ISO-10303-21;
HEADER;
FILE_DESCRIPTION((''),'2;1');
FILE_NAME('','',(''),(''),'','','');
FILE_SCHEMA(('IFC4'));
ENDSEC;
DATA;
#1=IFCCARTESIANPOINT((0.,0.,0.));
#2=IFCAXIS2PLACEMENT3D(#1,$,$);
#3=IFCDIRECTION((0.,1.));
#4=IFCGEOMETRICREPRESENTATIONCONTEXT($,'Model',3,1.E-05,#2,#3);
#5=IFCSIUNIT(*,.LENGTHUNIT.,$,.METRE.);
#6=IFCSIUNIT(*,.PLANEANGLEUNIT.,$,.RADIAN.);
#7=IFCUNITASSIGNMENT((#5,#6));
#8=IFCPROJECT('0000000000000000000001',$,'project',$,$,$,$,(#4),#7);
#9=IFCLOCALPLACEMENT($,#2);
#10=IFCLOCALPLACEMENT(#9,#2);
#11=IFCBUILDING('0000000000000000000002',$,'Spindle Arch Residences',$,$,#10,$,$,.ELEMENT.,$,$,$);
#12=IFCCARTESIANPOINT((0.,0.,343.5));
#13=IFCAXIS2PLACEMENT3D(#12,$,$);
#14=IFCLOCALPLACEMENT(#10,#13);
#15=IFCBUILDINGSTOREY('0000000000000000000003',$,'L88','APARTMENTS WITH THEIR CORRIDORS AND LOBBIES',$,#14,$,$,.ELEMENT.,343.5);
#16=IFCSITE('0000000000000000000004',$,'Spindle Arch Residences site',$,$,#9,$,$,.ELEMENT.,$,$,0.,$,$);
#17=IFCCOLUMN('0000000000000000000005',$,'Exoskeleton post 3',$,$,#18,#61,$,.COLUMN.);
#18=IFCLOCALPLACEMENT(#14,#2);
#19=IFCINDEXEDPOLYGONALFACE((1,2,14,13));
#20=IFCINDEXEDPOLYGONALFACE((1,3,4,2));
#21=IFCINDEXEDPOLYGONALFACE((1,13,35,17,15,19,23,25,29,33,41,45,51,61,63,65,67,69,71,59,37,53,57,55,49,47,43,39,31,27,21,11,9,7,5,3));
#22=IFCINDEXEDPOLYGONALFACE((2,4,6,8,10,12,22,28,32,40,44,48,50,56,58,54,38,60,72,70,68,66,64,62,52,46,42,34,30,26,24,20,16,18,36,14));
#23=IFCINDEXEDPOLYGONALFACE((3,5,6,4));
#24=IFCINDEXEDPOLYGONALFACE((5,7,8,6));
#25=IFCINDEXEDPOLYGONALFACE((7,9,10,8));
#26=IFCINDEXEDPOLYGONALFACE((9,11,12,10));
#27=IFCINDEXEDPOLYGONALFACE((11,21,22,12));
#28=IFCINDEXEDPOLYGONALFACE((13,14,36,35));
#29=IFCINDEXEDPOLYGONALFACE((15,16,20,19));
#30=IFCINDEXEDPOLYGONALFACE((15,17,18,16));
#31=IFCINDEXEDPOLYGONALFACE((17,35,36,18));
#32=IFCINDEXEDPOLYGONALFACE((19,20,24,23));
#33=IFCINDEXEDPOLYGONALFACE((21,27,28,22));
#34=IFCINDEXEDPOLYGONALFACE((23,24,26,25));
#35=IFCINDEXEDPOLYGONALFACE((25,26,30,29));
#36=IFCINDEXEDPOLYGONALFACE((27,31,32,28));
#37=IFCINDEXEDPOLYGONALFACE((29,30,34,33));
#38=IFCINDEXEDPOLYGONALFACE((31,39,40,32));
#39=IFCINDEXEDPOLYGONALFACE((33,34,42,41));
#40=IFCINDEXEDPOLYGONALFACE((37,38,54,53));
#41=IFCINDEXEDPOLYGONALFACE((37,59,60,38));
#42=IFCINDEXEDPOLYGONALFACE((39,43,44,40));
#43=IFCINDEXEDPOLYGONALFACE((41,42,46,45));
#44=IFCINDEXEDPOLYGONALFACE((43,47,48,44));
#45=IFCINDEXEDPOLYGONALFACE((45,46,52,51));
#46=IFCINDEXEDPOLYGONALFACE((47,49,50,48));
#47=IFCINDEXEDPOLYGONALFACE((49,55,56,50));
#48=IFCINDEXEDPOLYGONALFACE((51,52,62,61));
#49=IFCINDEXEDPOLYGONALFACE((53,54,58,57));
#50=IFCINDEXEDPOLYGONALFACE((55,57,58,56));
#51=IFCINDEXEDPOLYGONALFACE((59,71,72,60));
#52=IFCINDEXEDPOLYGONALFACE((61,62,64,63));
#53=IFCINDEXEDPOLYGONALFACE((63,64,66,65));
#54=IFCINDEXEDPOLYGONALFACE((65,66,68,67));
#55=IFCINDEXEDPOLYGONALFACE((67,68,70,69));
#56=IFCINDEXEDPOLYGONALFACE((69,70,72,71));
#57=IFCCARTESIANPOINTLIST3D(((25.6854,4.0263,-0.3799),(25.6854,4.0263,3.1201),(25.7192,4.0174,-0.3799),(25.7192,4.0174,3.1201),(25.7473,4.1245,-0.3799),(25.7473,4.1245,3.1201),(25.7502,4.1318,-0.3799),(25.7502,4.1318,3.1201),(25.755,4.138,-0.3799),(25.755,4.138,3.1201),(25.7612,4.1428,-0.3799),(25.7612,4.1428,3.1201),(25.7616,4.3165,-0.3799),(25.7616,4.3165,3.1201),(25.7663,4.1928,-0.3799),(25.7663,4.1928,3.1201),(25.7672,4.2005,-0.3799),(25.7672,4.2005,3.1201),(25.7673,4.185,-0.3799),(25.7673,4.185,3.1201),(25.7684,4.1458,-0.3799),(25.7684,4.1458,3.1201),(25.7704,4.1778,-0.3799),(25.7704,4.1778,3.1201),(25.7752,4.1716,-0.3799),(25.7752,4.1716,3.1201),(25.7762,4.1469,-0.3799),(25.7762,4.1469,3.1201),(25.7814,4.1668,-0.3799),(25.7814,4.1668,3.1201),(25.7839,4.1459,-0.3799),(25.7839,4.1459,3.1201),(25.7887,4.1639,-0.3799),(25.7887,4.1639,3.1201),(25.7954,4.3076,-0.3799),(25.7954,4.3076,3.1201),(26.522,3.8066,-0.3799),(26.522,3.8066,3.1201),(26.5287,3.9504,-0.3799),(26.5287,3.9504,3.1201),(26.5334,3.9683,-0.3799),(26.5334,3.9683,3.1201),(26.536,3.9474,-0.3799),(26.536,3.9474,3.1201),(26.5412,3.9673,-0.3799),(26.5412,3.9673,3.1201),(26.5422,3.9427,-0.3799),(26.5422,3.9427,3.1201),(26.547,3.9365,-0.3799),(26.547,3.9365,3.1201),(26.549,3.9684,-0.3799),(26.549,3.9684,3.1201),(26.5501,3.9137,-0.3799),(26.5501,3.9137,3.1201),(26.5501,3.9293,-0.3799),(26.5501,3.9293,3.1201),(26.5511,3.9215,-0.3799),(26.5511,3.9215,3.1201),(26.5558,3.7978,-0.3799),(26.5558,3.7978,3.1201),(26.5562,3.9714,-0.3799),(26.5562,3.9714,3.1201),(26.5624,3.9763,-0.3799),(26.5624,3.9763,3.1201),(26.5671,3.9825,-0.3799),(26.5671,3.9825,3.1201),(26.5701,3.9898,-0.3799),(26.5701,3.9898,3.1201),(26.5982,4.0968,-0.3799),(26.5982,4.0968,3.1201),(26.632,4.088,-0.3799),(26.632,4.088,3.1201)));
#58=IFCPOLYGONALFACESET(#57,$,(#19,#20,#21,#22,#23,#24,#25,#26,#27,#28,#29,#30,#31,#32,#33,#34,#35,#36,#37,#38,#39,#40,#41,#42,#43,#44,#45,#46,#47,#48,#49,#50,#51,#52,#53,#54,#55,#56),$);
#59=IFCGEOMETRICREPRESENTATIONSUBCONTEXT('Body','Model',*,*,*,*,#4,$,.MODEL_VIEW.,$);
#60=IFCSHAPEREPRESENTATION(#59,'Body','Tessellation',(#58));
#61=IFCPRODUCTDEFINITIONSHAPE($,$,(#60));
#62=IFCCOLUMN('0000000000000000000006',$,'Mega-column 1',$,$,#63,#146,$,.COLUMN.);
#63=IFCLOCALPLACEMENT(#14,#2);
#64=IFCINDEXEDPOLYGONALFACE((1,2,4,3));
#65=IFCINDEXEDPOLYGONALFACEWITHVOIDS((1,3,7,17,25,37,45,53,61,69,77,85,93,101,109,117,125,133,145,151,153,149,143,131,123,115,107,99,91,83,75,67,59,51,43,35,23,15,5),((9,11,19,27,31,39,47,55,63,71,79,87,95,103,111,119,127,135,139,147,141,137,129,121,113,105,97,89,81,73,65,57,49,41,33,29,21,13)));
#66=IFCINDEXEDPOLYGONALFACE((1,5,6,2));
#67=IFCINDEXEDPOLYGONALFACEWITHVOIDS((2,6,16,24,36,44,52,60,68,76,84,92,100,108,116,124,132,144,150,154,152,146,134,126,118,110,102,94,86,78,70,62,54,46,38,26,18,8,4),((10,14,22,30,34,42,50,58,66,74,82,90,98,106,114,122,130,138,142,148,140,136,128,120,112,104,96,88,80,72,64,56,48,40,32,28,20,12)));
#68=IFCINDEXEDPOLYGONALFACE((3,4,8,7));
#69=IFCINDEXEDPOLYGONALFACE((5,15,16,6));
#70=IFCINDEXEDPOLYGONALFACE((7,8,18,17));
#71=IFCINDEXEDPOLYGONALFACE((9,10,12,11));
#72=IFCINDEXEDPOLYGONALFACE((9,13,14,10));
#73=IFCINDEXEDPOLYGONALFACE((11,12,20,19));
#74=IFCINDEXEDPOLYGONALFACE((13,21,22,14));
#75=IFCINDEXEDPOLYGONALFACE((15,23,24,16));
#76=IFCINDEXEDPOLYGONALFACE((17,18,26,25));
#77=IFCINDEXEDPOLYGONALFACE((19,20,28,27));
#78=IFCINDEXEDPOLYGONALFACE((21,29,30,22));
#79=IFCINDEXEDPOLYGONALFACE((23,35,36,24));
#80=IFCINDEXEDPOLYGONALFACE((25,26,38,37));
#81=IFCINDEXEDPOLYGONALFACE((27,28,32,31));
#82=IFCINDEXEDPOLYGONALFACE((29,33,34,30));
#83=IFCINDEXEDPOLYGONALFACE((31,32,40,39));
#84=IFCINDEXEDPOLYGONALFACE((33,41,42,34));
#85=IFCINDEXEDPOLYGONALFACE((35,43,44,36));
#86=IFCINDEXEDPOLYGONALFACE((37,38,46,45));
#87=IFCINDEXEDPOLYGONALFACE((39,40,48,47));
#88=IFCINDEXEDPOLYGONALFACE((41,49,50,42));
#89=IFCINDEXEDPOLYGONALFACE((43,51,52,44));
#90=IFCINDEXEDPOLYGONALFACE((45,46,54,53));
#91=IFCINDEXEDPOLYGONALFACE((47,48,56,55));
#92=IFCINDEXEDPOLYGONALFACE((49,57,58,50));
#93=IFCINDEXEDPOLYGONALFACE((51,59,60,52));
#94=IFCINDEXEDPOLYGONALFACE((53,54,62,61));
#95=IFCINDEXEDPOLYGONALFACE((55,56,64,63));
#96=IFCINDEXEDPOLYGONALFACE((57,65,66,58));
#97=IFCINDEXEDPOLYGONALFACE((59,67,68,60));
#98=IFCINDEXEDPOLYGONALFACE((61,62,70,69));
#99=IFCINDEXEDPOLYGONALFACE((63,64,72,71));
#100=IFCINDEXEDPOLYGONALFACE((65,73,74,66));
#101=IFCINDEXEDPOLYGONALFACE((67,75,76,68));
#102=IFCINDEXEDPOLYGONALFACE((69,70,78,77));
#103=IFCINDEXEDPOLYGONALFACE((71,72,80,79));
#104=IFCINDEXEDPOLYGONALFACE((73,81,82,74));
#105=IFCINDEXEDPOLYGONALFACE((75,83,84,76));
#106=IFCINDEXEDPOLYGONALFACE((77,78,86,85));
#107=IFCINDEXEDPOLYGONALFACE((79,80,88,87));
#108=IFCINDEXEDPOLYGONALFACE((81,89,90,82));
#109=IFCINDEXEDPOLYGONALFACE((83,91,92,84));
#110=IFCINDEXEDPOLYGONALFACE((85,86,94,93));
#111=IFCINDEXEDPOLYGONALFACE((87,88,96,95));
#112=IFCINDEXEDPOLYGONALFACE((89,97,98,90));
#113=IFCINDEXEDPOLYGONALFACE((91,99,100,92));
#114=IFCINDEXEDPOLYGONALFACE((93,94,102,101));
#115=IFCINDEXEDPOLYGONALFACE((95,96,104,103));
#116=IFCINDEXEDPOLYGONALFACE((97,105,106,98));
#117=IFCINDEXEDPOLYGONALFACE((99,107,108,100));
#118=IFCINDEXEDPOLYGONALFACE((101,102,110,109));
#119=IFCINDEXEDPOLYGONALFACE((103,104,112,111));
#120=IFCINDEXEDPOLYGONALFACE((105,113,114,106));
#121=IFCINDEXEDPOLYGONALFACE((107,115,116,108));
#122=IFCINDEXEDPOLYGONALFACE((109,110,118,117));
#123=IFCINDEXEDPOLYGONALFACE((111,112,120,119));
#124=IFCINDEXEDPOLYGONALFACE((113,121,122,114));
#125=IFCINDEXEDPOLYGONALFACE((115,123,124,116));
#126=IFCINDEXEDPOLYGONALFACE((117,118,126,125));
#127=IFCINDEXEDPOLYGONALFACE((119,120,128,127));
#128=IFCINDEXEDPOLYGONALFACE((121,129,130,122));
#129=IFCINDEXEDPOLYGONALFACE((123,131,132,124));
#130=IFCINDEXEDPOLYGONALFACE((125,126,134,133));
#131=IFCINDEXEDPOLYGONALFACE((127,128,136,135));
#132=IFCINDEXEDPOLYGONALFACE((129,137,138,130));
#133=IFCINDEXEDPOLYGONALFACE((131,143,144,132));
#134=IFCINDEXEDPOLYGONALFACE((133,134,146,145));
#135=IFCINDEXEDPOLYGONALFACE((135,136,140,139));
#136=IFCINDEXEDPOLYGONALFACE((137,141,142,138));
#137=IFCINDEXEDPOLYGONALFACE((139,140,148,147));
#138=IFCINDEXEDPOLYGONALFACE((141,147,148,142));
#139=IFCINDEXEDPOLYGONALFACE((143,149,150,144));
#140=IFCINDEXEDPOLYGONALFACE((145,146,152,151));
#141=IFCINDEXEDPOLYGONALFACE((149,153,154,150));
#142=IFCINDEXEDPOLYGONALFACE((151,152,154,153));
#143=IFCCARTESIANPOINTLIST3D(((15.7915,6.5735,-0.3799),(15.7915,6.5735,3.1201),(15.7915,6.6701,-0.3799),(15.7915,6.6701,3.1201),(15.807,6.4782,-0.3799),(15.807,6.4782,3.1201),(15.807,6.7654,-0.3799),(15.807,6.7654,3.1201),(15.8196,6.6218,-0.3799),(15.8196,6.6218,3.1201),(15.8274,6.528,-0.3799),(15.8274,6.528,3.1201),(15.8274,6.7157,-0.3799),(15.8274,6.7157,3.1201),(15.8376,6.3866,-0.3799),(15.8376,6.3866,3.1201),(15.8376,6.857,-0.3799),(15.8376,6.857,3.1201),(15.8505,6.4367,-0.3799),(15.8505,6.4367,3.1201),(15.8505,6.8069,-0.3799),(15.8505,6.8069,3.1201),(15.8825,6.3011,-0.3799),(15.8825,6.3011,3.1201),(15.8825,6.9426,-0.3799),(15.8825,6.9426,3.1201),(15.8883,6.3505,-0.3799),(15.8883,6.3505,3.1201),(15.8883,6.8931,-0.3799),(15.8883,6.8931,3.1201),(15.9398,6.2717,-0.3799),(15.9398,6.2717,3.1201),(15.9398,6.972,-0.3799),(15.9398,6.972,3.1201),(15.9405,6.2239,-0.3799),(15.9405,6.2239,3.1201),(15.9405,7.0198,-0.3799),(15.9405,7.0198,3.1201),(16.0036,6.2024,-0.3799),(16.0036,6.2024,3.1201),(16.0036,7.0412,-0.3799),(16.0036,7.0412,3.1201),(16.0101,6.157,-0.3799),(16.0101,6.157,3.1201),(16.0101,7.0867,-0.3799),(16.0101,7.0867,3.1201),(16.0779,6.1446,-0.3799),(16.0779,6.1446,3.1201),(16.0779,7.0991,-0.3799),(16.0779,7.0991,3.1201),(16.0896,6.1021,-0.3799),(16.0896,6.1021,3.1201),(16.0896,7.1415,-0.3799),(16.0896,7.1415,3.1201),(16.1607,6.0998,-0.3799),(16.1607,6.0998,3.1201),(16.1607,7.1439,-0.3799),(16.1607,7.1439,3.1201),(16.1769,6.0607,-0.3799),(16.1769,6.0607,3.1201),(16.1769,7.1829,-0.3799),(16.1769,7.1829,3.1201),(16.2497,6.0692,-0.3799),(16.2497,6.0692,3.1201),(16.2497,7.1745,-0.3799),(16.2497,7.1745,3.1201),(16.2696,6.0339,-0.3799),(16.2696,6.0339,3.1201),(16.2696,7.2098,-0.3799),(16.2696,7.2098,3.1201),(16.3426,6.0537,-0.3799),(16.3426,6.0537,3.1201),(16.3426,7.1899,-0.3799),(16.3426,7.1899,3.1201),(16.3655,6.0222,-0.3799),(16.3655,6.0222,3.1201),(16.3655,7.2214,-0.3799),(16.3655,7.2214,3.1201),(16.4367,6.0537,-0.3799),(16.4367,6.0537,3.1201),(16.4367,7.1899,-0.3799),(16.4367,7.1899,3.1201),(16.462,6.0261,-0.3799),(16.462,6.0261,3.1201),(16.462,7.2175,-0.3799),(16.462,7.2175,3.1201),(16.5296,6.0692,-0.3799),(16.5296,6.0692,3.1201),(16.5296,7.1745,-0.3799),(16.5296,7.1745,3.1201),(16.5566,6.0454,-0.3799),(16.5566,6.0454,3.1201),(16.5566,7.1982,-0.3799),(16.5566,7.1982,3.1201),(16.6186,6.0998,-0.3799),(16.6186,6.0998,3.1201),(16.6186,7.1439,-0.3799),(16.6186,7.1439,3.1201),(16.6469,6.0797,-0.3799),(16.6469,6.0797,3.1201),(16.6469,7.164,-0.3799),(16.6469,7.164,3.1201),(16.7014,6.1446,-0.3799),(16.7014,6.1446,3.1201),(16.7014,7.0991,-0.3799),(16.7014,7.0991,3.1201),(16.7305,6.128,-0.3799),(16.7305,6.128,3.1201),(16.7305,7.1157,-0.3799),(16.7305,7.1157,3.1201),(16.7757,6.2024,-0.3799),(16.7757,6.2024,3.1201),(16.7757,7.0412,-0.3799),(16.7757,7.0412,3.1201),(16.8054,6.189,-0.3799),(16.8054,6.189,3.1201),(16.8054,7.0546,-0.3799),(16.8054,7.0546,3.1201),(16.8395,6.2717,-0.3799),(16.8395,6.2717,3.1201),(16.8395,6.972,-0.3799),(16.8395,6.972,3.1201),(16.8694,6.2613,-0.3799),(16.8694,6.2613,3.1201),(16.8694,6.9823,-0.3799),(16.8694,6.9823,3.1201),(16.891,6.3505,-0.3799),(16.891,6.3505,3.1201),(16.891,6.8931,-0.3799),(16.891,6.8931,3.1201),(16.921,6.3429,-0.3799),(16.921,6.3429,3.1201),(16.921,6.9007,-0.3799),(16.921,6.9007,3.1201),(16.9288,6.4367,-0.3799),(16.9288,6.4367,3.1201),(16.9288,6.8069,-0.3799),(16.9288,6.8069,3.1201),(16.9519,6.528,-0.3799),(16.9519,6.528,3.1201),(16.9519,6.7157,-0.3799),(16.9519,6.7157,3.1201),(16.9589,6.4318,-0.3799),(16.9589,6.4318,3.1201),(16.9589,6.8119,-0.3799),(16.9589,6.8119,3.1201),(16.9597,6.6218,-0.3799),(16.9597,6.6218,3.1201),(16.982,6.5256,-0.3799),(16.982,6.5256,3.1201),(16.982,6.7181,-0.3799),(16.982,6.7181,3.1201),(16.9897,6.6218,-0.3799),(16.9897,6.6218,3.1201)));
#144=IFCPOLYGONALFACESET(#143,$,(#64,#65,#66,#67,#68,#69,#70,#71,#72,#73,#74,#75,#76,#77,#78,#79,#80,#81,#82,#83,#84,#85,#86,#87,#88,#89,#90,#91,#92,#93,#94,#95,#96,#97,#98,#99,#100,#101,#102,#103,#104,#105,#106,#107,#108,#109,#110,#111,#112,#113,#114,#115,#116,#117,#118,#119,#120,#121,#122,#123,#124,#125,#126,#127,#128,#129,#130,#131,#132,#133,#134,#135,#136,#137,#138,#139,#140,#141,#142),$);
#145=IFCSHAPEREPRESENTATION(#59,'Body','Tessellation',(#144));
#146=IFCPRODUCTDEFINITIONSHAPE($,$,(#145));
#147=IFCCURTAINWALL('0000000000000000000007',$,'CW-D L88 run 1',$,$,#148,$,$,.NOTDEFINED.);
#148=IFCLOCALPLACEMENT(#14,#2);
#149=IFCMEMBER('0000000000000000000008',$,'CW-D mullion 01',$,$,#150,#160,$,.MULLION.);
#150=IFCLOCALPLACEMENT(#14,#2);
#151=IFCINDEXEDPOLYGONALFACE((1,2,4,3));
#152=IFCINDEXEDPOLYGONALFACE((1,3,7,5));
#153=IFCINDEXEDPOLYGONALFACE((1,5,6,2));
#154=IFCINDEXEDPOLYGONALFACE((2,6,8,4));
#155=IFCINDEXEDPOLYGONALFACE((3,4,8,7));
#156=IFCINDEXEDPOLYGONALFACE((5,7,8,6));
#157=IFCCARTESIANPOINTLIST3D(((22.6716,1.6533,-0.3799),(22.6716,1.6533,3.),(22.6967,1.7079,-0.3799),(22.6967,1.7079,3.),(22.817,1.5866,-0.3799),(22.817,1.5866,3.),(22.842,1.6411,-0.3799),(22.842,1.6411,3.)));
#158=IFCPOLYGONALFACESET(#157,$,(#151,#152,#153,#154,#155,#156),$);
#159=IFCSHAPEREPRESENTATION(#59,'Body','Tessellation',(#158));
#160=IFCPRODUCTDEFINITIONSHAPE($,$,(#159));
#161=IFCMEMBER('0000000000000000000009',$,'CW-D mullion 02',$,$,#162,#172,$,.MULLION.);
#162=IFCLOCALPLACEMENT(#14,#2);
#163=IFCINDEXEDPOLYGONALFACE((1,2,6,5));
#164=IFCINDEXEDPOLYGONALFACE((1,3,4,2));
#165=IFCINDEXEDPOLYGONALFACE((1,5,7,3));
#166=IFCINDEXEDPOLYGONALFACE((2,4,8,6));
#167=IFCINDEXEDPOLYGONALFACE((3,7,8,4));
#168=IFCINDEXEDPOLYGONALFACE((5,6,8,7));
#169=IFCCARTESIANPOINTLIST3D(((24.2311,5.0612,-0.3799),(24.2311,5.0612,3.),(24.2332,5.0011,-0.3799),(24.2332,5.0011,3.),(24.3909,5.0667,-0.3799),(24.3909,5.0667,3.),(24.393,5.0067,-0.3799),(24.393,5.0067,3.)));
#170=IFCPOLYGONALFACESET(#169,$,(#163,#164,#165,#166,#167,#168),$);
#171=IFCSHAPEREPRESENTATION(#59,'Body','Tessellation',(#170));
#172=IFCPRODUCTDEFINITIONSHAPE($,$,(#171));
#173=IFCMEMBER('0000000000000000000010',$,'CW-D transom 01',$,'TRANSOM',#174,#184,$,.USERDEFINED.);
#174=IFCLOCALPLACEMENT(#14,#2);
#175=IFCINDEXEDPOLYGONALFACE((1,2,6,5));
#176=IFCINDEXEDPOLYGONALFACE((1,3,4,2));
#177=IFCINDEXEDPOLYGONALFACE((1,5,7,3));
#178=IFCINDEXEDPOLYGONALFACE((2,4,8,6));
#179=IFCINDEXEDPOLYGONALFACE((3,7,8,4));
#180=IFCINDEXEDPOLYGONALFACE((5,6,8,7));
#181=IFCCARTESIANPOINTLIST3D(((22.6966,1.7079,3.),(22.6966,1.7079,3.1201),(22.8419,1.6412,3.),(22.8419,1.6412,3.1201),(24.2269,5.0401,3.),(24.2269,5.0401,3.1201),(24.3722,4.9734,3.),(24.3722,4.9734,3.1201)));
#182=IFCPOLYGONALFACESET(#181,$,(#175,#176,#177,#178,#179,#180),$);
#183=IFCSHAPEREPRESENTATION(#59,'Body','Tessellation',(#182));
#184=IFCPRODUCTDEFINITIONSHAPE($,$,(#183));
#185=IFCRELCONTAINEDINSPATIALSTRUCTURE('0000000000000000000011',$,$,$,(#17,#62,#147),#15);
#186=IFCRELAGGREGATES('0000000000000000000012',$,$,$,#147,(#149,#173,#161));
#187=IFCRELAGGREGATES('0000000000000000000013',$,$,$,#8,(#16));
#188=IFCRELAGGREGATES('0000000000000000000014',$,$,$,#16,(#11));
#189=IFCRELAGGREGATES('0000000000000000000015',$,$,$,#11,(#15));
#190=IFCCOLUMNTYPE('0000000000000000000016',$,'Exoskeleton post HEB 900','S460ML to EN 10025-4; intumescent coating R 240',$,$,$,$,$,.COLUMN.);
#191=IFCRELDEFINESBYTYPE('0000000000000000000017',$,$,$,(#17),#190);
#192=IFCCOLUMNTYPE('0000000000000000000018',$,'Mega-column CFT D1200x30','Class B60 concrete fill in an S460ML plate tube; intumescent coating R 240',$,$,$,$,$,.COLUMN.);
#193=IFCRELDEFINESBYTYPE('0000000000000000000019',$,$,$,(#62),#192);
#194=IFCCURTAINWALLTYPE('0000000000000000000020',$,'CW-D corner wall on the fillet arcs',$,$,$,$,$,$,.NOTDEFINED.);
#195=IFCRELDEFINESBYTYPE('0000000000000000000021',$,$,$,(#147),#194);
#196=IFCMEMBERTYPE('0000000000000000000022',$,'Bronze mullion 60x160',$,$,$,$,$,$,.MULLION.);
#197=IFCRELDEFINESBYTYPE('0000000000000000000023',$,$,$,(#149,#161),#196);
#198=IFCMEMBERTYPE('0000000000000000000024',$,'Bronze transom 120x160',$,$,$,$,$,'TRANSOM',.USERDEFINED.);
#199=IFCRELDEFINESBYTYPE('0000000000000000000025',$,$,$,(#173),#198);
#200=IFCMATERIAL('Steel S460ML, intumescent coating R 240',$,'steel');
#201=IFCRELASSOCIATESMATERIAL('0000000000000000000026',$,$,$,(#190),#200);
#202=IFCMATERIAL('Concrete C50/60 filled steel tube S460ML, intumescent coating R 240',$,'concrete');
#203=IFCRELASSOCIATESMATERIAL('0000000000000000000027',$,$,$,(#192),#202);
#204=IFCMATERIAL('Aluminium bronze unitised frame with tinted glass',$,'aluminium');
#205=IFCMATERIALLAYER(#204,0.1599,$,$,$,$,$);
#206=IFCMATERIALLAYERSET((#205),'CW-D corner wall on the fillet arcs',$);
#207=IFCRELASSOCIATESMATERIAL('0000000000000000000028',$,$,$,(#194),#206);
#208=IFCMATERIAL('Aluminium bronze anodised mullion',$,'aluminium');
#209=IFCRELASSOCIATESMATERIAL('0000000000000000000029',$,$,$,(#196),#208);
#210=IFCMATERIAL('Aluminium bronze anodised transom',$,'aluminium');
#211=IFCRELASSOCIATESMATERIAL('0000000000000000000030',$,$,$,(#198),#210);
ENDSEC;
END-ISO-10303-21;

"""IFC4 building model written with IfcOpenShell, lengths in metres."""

from ifc_helpers import new_model, si_unit, direction, frame, origin, origin_2d, place, context, subcontext, project, spatial, rectangle, hollow_circle, i_section, extrude, material, layer, layer_set, material_profile, profile_set, type_object, element, aggregate, save


model = new_model("IFC4")

# Units and contexts
model_context = context("Model", 3, precision=1e-05, world=origin(), true_north=direction((0.0, 1.0)))
body_context = subcontext(model_context, "Body", "Model", "MODEL_VIEW")
ifc_project = project(units=[si_unit("LENGTHUNIT", "METRE"), si_unit("PLANEANGLEUNIT", "RADIAN")], contexts=[model_context])

# Site, building, storey
site_placement = place(None, origin())
site = spatial("IfcSite", under=ifc_project, at=site_placement, Name="Spindle Arch Residences site", CompositionType="ELEMENT", RefElevation=0.0)
building_placement = place(site_placement, origin())
building = spatial("IfcBuilding", under=site, at=building_placement, Name="Spindle Arch Residences", CompositionType="ELEMENT")
storey_placement = place(building_placement, frame((0.0, 0.0, 343.5)))
storey = spatial("IfcBuildingStorey", under=building, at=storey_placement, Name="L88", Description="APARTMENTS WITH THEIR CORRIDORS AND LOBBIES", CompositionType="ELEMENT", Elevation=343.5)

# Columns
ifc_material_1 = material(Name="Steel S460ML, intumescent coating R 240", Category="steel")
ifc_material_profile_1 = material_profile(ifc_material_1, i_section(OverallWidth=0.3, OverallDepth=0.8999, WebThickness=0.0186, FlangeThickness=0.0349, FilletRadius=0.03, at=origin_2d()), Name="HEB 900")
ifc_profile_set_1 = profile_set([ifc_material_profile_1], Name="Steel S460ML, intumescent coating R 240")
column_type_1 = type_object("IfcColumnType", Name="Exoskeleton post HEB 900", Description="S460ML to EN 10025-4; intumescent coating R 240", PredefinedType="COLUMN", material=ifc_profile_set_1)
column_1_placement = place(storey_placement, frame((26.1587, 4.0571, -0.3799), z_axis=(0.0, 0.0, 1.0), x_axis=(-0.253941, -0.96722, 0.0)))
element("IfcColumn", 1, at=column_1_placement, inside=storey, type_object=column_type_1, Name="Exoskeleton post 3", PredefinedType="COLUMN", context=body_context, shape_type="SweptSolid", body=[
    extrude(i_section(OverallWidth=0.3, OverallDepth=0.8999, WebThickness=0.0186, FlangeThickness=0.0349, FilletRadius=0.03, at=origin_2d()), origin(), (0.0, 0.0, 1.0), 3.5),
])
ifc_material_2 = material(Name="Concrete C50/60 filled steel tube S460ML, intumescent coating R 240", Category="concrete")
ifc_material_profile_2 = material_profile(ifc_material_2, hollow_circle(Radius=0.6001, WallThickness=0.03, at=origin_2d()), Name="CFT D1200x30")
ifc_profile_set_2 = profile_set([ifc_material_profile_2], Name="Concrete C50/60 filled steel tube S460ML, intumescent coating R 240")
column_type_2 = type_object("IfcColumnType", Name="Mega-column CFT D1200x30", Description="Class B60 concrete fill in an S460ML plate tube; intumescent coating R 240", PredefinedType="COLUMN", material=ifc_profile_set_2)
column_2_placement = place(storey_placement, frame((16.3896, 6.6218, -0.3799), z_axis=(0.0, 0.0, 1.0), x_axis=(1.0, 0.0, 0.0)))
element("IfcColumn", 2, at=column_2_placement, inside=storey, type_object=column_type_2, Name="Mega-column 1", PredefinedType="COLUMN", context=body_context, shape_type="SweptSolid", body=[
    extrude(hollow_circle(Radius=0.6001, WallThickness=0.03, at=origin_2d()), origin(), (0.0, 0.0, 1.0), 3.5),
])

# Curtain wall, members
ifc_material_3 = material(Name="Aluminium bronze unitised frame with tinted glass", Category="aluminium")
ifc_layer_1 = layer(ifc_material_3, 0.1599)
ifc_layer_set_1 = layer_set([ifc_layer_1], Name="CW-D corner wall on the fillet arcs")
curtain_wall_type = type_object("IfcCurtainWallType", Name="CW-D corner wall on the fillet arcs", PredefinedType="NOTDEFINED", material=ifc_layer_set_1)
curtain_wall_placement = place(storey_placement, origin())
curtain_wall = element("IfcCurtainWall", 3, at=curtain_wall_placement, inside=storey, type_object=curtain_wall_type, Name="CW-D L88 run 1", PredefinedType="NOTDEFINED")
ifc_material_4 = material(Name="Aluminium bronze anodised mullion", Category="aluminium")
ifc_material_profile_3 = material_profile(ifc_material_4, rectangle(XDim=0.1599, YDim=0.0601, at=origin_2d()), Name="MU 60x160")
ifc_profile_set_3 = profile_set([ifc_material_profile_3], Name="Aluminium bronze anodised mullion")
member_type_1 = type_object("IfcMemberType", Name="Bronze mullion 60x160", PredefinedType="MULLION", material=ifc_profile_set_3)
member_1_placement = place(storey_placement, frame((22.7568, 1.6472, -0.3799), z_axis=(0.0, 0.0, 1.0), x_axis=(-0.908751, 0.417338, 0.0)))
member_1 = element("IfcMember", 4, at=member_1_placement, type_object=member_type_1, Name="CW-D mullion 01", PredefinedType="MULLION", context=body_context, shape_type="SweptSolid", body=[
    extrude(rectangle(XDim=0.1599, YDim=0.0601, at=origin_2d()), origin(), (0.0, 0.0, 1.0), 3.3799),
])
member_2_placement = place(storey_placement, frame((24.312, 5.0339, -0.3799), z_axis=(0.0, 0.0, 1.0), x_axis=(-0.999391, -0.034899, 0.0)))
member_2 = element("IfcMember", 5, at=member_2_placement, type_object=member_type_1, Name="CW-D mullion 02", PredefinedType="MULLION", context=body_context, shape_type="SweptSolid", body=[
    extrude(rectangle(XDim=0.1599, YDim=0.0601, at=origin_2d()), origin(), (0.0, 0.0, 1.0), 3.3799),
])
ifc_material_5 = material(Name="Aluminium bronze anodised transom", Category="aluminium")
ifc_material_profile_4 = material_profile(ifc_material_5, rectangle(XDim=0.1599, YDim=0.1201, at=origin_2d()), Name="TR 120x160")
ifc_profile_set_4 = profile_set([ifc_material_profile_4], Name="Aluminium bronze anodised transom")
member_type_2 = type_object("IfcMemberType", Name="Bronze transom 120x160", ElementType="TRANSOM", PredefinedType="USERDEFINED", material=ifc_profile_set_4)
member_3_placement = place(storey_placement, frame((22.7693, 1.6746, 3.0601), z_axis=(0.417326, 0.908757, 0.0), x_axis=(-0.908757, 0.417326, 0.0)))
member_3 = element("IfcMember", 6, at=member_3_placement, type_object=member_type_2, Name="CW-D transom 01", ObjectType="TRANSOM", PredefinedType="USERDEFINED", context=body_context, shape_type="SweptSolid", body=[
    extrude(rectangle(XDim=0.1599, YDim=0.1201, at=origin_2d()), origin(), (0.0, 0.0, 1.0), 3.6667),
])

aggregate(curtain_wall, [member_1, member_3, member_2])

save(model, "model.ifc")
